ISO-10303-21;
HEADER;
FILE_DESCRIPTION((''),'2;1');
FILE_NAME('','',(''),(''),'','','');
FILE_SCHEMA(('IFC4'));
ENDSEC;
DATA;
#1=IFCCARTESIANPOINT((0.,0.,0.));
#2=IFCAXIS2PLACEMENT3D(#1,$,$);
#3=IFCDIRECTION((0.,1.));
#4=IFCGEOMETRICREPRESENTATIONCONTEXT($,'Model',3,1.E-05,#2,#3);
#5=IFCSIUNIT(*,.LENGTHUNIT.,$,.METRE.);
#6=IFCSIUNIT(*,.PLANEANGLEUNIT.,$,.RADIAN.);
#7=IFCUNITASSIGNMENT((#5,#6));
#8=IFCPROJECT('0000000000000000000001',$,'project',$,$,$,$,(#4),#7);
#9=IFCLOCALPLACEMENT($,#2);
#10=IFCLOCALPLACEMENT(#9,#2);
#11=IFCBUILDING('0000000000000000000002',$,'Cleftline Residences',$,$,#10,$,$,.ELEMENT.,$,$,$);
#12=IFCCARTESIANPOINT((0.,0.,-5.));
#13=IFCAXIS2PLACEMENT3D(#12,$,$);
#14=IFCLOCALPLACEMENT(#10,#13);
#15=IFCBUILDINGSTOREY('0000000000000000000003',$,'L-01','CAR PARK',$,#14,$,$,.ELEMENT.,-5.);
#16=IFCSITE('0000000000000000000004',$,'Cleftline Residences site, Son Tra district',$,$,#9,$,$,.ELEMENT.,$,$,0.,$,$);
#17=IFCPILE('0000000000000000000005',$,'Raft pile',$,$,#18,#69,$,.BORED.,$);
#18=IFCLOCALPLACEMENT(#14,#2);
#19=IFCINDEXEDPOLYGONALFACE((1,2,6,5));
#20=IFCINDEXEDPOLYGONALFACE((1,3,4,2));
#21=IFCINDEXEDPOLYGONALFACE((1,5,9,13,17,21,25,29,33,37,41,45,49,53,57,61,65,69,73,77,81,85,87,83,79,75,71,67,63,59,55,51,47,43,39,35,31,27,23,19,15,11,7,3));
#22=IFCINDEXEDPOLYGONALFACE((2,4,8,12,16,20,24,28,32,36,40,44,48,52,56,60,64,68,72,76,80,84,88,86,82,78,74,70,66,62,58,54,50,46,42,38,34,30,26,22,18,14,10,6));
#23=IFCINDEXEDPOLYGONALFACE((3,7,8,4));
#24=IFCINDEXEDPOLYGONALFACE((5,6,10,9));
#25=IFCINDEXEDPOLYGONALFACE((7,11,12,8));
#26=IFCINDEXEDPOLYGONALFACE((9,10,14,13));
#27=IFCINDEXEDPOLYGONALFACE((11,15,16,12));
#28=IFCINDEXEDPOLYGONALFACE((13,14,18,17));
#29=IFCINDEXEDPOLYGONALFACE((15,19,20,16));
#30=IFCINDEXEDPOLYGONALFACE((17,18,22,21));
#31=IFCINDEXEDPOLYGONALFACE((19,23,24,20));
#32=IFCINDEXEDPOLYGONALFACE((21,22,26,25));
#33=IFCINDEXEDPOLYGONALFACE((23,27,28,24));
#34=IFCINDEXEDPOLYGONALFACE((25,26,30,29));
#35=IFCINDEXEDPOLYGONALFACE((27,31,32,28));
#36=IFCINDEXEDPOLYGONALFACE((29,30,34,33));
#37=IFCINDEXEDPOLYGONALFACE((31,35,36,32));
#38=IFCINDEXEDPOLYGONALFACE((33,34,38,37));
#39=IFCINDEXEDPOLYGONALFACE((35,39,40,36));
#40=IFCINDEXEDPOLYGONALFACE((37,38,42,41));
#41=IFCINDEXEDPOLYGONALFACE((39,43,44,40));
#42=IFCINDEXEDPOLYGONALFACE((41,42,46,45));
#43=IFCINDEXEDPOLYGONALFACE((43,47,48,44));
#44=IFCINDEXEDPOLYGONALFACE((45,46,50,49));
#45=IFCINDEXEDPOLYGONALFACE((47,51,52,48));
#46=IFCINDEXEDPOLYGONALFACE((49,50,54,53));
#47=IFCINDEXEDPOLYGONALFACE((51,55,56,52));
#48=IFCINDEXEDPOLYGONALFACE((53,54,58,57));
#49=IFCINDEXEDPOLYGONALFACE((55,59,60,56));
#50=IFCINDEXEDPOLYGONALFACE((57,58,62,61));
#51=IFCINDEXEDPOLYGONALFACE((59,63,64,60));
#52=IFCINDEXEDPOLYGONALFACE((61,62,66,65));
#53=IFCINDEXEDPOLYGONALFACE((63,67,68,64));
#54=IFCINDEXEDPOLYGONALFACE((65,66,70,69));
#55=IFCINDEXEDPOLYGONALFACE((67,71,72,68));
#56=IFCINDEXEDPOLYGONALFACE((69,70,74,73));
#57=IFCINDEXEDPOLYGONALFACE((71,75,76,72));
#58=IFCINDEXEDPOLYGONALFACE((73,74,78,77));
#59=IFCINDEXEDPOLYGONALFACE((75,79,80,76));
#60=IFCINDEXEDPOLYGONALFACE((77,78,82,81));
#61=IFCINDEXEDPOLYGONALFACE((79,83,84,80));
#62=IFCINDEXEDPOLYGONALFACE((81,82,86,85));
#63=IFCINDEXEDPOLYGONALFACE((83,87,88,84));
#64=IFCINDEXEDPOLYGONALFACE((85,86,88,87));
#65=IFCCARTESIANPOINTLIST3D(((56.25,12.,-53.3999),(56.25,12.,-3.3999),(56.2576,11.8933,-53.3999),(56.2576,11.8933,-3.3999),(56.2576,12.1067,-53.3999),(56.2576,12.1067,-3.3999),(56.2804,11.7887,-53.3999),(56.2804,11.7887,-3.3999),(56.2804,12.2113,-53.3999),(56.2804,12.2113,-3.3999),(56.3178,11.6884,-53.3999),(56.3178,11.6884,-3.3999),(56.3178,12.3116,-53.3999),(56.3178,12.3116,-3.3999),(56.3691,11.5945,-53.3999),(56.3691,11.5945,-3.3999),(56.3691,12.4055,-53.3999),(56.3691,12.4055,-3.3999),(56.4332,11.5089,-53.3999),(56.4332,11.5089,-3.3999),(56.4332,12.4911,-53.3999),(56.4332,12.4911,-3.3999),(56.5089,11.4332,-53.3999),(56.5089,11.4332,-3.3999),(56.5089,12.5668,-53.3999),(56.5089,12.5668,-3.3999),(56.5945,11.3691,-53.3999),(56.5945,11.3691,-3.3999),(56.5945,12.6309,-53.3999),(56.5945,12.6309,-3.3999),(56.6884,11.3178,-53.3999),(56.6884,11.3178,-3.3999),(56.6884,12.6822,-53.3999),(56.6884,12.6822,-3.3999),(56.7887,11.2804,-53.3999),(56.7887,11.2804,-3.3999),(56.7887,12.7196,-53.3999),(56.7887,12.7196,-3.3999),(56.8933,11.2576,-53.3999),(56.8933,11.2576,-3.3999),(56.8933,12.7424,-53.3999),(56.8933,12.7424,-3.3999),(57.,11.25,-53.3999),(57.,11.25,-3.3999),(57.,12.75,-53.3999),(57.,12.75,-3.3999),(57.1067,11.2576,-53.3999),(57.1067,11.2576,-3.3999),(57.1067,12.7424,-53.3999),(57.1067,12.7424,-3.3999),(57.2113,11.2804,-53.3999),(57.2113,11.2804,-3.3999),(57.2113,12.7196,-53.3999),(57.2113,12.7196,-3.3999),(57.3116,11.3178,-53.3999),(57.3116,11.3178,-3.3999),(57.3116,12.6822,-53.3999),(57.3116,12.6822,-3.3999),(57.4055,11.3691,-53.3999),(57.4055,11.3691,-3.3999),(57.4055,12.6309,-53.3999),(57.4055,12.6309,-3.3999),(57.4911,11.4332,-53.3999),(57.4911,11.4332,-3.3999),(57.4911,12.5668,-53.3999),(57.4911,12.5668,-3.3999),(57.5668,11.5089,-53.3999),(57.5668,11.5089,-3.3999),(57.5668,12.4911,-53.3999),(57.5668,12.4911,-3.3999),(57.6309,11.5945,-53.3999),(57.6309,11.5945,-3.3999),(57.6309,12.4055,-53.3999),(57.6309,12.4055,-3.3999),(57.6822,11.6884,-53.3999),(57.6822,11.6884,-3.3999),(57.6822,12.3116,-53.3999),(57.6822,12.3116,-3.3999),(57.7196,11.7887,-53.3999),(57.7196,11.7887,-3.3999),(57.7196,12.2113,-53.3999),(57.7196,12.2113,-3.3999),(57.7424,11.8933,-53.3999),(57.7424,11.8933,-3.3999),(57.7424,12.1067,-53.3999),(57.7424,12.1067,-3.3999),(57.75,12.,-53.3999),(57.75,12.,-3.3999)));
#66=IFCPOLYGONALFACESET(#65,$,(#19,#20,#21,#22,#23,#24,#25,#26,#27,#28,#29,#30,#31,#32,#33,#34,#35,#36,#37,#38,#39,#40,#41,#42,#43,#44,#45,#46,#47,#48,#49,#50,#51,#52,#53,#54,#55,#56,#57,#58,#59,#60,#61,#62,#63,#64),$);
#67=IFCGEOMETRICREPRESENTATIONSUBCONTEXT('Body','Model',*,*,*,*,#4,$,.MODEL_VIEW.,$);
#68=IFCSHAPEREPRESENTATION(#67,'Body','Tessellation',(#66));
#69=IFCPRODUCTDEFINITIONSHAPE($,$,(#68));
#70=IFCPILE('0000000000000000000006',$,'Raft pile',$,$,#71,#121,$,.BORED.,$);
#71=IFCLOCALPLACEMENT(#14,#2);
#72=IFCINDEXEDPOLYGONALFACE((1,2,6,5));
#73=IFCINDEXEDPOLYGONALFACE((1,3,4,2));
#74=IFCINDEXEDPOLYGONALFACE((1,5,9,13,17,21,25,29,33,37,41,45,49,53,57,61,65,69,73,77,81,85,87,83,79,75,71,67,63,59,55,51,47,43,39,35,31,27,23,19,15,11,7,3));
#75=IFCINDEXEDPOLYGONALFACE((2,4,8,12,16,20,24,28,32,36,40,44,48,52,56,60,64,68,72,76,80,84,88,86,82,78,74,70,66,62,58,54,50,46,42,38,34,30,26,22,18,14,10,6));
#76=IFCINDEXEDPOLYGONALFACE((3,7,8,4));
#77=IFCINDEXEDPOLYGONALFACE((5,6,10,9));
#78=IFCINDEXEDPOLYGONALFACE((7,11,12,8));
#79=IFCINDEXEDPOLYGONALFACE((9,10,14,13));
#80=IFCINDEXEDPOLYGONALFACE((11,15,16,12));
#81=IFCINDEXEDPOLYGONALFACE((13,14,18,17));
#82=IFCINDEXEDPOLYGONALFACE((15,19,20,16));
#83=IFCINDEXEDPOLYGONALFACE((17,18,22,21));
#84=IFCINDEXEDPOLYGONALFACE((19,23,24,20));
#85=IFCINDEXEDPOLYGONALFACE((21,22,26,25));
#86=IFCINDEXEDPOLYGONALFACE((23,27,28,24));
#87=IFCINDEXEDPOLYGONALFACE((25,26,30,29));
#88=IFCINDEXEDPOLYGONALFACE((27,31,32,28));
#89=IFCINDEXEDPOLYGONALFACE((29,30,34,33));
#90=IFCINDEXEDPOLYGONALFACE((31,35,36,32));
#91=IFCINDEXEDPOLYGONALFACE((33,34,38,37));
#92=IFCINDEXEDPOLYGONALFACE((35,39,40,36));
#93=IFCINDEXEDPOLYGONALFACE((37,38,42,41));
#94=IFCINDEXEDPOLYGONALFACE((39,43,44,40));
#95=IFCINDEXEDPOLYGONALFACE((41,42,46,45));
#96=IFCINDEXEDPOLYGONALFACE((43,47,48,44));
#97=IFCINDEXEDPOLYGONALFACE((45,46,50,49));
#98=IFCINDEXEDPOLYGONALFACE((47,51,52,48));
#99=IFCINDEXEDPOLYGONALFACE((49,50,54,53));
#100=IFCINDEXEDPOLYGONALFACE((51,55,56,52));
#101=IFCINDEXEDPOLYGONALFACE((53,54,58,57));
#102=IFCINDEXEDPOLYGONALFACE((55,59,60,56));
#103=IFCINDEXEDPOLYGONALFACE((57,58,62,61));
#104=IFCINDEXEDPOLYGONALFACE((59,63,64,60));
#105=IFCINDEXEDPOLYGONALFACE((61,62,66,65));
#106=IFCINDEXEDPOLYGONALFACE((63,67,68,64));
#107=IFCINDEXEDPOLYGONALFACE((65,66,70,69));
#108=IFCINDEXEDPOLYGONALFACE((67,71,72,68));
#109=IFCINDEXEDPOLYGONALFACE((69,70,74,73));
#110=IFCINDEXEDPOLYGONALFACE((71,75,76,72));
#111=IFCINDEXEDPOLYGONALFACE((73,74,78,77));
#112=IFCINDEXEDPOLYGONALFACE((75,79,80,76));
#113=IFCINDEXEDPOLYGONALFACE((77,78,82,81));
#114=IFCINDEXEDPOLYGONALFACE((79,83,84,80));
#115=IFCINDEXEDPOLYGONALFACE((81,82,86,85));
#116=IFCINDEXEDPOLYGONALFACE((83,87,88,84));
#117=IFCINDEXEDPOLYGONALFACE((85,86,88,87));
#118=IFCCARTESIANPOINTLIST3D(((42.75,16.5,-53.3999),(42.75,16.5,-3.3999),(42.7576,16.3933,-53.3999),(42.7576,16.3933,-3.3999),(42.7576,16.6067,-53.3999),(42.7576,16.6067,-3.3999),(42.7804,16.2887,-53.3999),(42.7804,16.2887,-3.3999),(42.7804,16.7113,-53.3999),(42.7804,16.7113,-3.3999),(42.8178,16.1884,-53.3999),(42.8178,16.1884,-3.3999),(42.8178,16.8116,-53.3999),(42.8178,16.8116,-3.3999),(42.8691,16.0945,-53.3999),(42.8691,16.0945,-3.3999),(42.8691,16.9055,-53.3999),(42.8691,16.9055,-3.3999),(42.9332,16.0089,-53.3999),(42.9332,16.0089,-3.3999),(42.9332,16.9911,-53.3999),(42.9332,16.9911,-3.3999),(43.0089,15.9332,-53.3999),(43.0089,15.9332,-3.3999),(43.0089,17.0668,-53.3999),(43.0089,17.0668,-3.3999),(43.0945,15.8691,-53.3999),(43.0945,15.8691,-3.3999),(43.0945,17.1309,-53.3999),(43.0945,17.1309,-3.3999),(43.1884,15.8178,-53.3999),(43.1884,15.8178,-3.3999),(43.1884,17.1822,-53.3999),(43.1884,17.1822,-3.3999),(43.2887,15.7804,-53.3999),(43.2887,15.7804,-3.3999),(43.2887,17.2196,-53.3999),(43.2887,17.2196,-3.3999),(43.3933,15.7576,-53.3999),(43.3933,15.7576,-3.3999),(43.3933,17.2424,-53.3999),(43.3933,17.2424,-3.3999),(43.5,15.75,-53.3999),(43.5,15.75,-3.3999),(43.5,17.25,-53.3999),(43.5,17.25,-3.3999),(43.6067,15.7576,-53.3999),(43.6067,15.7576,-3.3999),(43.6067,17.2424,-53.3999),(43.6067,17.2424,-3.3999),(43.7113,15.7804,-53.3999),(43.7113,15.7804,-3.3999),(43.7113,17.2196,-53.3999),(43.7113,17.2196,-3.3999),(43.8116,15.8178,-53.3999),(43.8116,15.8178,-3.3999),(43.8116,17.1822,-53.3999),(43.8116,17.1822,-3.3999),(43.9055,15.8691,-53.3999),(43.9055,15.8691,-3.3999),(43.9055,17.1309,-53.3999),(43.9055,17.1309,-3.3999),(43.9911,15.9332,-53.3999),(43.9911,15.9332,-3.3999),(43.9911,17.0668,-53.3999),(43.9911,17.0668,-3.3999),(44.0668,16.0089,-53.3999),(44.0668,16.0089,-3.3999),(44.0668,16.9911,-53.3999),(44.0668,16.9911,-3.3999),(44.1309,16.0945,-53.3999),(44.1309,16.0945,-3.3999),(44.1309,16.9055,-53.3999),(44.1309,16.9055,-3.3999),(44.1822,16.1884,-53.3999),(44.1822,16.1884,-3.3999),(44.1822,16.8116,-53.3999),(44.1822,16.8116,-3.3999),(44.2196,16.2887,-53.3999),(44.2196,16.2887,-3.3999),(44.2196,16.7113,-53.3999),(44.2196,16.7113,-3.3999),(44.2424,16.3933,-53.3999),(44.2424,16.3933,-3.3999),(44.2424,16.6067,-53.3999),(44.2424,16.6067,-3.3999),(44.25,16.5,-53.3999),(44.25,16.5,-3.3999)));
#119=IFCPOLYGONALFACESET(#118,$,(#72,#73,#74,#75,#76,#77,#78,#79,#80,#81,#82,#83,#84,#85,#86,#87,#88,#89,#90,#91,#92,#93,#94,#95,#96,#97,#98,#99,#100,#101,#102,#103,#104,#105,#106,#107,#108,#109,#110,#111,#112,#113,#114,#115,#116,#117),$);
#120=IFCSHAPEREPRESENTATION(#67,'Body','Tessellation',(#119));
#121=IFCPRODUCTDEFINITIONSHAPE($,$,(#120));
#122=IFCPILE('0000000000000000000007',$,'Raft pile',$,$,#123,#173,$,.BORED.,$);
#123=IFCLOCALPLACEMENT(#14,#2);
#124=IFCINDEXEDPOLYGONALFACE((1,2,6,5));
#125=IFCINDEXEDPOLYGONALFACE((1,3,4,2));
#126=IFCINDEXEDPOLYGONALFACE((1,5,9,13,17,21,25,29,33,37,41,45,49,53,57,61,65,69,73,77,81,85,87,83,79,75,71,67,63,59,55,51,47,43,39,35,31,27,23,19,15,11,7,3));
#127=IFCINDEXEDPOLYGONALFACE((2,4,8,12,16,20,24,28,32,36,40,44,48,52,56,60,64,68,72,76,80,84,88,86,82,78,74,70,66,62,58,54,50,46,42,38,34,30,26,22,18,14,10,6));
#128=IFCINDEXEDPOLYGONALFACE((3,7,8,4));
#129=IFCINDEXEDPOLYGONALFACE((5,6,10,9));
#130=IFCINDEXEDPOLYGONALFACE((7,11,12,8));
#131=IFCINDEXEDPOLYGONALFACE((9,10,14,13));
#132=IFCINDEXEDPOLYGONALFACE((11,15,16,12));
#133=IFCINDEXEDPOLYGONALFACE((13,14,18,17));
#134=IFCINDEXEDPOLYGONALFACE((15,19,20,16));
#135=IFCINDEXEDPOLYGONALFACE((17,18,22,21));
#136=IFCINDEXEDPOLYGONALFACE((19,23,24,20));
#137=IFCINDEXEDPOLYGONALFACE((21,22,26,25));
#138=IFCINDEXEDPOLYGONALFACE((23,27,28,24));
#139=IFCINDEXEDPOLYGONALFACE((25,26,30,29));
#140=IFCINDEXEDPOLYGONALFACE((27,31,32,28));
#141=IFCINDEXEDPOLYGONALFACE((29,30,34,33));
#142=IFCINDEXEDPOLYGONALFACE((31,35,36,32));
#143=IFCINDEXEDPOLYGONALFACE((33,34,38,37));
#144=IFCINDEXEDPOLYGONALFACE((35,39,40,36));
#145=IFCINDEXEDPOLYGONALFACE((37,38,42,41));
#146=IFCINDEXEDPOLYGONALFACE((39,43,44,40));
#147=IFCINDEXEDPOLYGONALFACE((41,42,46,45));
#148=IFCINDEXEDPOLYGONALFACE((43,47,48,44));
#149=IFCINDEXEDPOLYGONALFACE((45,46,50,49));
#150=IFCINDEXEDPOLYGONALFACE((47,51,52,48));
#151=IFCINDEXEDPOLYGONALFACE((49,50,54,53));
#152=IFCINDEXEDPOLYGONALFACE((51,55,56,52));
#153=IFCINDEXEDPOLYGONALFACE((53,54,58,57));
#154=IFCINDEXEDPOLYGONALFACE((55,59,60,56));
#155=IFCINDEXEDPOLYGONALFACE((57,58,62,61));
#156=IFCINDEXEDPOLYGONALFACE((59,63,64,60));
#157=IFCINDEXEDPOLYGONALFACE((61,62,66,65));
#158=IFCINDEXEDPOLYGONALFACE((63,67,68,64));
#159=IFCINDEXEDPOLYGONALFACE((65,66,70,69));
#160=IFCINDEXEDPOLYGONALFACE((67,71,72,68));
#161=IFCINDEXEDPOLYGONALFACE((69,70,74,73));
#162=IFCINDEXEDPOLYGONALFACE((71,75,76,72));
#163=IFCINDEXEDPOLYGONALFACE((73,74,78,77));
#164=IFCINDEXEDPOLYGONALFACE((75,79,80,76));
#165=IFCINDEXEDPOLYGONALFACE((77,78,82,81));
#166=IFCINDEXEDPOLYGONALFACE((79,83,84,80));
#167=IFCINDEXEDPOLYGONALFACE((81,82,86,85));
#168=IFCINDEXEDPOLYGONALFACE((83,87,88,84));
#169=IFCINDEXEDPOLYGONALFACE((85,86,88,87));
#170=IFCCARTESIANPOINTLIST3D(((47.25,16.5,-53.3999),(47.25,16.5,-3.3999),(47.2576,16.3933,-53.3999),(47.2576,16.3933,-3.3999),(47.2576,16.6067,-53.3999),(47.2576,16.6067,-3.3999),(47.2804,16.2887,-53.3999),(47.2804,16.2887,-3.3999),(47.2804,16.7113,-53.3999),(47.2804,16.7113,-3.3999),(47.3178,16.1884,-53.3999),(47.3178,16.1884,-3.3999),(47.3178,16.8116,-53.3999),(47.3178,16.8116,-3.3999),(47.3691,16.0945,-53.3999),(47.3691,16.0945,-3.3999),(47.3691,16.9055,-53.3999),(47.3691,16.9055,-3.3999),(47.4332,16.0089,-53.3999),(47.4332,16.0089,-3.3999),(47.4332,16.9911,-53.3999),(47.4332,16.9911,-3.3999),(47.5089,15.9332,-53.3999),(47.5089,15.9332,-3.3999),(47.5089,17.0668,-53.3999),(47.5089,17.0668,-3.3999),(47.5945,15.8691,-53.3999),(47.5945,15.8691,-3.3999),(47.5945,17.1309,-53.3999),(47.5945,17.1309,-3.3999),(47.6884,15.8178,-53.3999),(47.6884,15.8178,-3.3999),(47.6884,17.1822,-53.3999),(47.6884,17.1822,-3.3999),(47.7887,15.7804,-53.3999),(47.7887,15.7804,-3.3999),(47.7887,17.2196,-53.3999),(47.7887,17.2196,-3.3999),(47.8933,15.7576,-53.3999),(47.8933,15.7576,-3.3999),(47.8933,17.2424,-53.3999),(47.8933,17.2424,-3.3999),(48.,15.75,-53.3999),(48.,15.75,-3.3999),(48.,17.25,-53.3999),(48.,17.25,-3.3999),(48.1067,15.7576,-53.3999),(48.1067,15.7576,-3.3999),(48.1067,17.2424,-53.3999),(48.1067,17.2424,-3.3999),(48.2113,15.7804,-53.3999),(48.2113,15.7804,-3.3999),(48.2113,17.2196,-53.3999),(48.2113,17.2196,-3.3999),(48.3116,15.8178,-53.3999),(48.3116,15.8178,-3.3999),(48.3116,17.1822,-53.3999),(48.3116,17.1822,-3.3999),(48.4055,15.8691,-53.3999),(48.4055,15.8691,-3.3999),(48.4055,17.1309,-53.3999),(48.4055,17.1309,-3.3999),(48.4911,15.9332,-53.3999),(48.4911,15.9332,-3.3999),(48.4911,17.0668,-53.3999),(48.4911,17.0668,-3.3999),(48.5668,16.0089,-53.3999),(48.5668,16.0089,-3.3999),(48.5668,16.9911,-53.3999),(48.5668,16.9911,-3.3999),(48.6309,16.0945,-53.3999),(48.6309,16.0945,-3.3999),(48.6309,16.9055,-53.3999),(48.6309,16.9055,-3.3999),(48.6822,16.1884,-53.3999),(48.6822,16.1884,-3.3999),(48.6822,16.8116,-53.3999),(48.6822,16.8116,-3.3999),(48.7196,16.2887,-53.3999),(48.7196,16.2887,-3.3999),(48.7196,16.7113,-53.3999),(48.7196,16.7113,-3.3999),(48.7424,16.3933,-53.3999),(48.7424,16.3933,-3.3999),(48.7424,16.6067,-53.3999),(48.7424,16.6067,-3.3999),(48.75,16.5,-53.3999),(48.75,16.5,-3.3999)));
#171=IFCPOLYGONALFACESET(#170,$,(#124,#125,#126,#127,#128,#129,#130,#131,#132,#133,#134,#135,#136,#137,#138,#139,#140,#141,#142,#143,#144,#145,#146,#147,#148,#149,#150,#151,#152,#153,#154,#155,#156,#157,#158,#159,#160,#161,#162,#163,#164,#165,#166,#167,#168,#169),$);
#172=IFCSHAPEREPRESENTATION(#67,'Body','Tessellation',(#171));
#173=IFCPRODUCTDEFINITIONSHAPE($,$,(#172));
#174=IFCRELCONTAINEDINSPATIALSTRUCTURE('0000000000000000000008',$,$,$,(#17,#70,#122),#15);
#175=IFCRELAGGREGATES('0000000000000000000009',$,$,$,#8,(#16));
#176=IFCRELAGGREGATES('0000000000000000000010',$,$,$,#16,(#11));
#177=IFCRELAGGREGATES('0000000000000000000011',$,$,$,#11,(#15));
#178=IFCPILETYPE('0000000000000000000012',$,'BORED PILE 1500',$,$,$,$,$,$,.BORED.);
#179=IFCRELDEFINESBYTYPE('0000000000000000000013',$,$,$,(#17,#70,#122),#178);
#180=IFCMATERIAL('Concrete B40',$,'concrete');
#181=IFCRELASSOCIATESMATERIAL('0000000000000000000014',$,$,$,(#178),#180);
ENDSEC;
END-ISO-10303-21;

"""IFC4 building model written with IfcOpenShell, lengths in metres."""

from ifc_helpers import new_model, si_unit, direction, frame, origin, origin_2d, place, context, subcontext, project, spatial, circle, extrude, material, material_profile, profile_set, type_object, element, save


model = new_model("IFC4")

# Units and contexts
model_context = context("Model", 3, precision=1e-05, world=origin(), true_north=direction((0.0, 1.0)))
body_context = subcontext(model_context, "Body", "Model", "MODEL_VIEW")
ifc_project = project(units=[si_unit("LENGTHUNIT", "METRE"), si_unit("PLANEANGLEUNIT", "RADIAN")], contexts=[model_context])

# Site, building, storey
site_placement = place(None, origin())
site = spatial("IfcSite", under=ifc_project, at=site_placement, Name="Cleftline Residences site, Son Tra district", CompositionType="ELEMENT", RefElevation=0.0)
building_placement = place(site_placement, origin())
building = spatial("IfcBuilding", under=site, at=building_placement, Name="Cleftline Residences", CompositionType="ELEMENT")
storey_placement = place(building_placement, frame((0.0, 0.0, -5.0)))
storey = spatial("IfcBuildingStorey", under=building, at=storey_placement, Name="L-01", Description="CAR PARK", CompositionType="ELEMENT", Elevation=-5.0)

# Piles
ifc_material_1 = material(Name="Concrete B40", Category="concrete")
ifc_material_profile_1 = material_profile(ifc_material_1, circle(Radius=0.75, at=origin_2d()))
ifc_profile_set_1 = profile_set([ifc_material_profile_1], Name="Concrete B40")
pile_type = type_object("IfcPileType", Name="BORED PILE 1500", PredefinedType="BORED", material=ifc_profile_set_1)
for number, where, z_axis, x_axis, name in (
    (1, (57.0, 12.0, -3.3999), (0.0, 0.0, -1.0), (1.0, 0.0, 0.0), "Raft pile"),
    (2, (43.5, 16.5, -3.3999), (0.0, 0.0, -1.0), (1.0, 0.0, 0.0), "Raft pile"),
    (3, (48.0, 16.5, -3.3999), (0.0, 0.0, -1.0), (1.0, 0.0, 0.0), "Raft pile"),
):
    element("IfcPile", number, at=place(storey_placement, frame(where, z_axis=z_axis, x_axis=x_axis)), inside=storey, type_object=pile_type, Name=name, PredefinedType="BORED", context=body_context, shape_type="SweptSolid", body=[
        extrude(circle(Radius=0.75, at=origin_2d()), origin(), (0.0, 0.0, 1.0), 50.0),
    ])

save(model, "model.ifc")
